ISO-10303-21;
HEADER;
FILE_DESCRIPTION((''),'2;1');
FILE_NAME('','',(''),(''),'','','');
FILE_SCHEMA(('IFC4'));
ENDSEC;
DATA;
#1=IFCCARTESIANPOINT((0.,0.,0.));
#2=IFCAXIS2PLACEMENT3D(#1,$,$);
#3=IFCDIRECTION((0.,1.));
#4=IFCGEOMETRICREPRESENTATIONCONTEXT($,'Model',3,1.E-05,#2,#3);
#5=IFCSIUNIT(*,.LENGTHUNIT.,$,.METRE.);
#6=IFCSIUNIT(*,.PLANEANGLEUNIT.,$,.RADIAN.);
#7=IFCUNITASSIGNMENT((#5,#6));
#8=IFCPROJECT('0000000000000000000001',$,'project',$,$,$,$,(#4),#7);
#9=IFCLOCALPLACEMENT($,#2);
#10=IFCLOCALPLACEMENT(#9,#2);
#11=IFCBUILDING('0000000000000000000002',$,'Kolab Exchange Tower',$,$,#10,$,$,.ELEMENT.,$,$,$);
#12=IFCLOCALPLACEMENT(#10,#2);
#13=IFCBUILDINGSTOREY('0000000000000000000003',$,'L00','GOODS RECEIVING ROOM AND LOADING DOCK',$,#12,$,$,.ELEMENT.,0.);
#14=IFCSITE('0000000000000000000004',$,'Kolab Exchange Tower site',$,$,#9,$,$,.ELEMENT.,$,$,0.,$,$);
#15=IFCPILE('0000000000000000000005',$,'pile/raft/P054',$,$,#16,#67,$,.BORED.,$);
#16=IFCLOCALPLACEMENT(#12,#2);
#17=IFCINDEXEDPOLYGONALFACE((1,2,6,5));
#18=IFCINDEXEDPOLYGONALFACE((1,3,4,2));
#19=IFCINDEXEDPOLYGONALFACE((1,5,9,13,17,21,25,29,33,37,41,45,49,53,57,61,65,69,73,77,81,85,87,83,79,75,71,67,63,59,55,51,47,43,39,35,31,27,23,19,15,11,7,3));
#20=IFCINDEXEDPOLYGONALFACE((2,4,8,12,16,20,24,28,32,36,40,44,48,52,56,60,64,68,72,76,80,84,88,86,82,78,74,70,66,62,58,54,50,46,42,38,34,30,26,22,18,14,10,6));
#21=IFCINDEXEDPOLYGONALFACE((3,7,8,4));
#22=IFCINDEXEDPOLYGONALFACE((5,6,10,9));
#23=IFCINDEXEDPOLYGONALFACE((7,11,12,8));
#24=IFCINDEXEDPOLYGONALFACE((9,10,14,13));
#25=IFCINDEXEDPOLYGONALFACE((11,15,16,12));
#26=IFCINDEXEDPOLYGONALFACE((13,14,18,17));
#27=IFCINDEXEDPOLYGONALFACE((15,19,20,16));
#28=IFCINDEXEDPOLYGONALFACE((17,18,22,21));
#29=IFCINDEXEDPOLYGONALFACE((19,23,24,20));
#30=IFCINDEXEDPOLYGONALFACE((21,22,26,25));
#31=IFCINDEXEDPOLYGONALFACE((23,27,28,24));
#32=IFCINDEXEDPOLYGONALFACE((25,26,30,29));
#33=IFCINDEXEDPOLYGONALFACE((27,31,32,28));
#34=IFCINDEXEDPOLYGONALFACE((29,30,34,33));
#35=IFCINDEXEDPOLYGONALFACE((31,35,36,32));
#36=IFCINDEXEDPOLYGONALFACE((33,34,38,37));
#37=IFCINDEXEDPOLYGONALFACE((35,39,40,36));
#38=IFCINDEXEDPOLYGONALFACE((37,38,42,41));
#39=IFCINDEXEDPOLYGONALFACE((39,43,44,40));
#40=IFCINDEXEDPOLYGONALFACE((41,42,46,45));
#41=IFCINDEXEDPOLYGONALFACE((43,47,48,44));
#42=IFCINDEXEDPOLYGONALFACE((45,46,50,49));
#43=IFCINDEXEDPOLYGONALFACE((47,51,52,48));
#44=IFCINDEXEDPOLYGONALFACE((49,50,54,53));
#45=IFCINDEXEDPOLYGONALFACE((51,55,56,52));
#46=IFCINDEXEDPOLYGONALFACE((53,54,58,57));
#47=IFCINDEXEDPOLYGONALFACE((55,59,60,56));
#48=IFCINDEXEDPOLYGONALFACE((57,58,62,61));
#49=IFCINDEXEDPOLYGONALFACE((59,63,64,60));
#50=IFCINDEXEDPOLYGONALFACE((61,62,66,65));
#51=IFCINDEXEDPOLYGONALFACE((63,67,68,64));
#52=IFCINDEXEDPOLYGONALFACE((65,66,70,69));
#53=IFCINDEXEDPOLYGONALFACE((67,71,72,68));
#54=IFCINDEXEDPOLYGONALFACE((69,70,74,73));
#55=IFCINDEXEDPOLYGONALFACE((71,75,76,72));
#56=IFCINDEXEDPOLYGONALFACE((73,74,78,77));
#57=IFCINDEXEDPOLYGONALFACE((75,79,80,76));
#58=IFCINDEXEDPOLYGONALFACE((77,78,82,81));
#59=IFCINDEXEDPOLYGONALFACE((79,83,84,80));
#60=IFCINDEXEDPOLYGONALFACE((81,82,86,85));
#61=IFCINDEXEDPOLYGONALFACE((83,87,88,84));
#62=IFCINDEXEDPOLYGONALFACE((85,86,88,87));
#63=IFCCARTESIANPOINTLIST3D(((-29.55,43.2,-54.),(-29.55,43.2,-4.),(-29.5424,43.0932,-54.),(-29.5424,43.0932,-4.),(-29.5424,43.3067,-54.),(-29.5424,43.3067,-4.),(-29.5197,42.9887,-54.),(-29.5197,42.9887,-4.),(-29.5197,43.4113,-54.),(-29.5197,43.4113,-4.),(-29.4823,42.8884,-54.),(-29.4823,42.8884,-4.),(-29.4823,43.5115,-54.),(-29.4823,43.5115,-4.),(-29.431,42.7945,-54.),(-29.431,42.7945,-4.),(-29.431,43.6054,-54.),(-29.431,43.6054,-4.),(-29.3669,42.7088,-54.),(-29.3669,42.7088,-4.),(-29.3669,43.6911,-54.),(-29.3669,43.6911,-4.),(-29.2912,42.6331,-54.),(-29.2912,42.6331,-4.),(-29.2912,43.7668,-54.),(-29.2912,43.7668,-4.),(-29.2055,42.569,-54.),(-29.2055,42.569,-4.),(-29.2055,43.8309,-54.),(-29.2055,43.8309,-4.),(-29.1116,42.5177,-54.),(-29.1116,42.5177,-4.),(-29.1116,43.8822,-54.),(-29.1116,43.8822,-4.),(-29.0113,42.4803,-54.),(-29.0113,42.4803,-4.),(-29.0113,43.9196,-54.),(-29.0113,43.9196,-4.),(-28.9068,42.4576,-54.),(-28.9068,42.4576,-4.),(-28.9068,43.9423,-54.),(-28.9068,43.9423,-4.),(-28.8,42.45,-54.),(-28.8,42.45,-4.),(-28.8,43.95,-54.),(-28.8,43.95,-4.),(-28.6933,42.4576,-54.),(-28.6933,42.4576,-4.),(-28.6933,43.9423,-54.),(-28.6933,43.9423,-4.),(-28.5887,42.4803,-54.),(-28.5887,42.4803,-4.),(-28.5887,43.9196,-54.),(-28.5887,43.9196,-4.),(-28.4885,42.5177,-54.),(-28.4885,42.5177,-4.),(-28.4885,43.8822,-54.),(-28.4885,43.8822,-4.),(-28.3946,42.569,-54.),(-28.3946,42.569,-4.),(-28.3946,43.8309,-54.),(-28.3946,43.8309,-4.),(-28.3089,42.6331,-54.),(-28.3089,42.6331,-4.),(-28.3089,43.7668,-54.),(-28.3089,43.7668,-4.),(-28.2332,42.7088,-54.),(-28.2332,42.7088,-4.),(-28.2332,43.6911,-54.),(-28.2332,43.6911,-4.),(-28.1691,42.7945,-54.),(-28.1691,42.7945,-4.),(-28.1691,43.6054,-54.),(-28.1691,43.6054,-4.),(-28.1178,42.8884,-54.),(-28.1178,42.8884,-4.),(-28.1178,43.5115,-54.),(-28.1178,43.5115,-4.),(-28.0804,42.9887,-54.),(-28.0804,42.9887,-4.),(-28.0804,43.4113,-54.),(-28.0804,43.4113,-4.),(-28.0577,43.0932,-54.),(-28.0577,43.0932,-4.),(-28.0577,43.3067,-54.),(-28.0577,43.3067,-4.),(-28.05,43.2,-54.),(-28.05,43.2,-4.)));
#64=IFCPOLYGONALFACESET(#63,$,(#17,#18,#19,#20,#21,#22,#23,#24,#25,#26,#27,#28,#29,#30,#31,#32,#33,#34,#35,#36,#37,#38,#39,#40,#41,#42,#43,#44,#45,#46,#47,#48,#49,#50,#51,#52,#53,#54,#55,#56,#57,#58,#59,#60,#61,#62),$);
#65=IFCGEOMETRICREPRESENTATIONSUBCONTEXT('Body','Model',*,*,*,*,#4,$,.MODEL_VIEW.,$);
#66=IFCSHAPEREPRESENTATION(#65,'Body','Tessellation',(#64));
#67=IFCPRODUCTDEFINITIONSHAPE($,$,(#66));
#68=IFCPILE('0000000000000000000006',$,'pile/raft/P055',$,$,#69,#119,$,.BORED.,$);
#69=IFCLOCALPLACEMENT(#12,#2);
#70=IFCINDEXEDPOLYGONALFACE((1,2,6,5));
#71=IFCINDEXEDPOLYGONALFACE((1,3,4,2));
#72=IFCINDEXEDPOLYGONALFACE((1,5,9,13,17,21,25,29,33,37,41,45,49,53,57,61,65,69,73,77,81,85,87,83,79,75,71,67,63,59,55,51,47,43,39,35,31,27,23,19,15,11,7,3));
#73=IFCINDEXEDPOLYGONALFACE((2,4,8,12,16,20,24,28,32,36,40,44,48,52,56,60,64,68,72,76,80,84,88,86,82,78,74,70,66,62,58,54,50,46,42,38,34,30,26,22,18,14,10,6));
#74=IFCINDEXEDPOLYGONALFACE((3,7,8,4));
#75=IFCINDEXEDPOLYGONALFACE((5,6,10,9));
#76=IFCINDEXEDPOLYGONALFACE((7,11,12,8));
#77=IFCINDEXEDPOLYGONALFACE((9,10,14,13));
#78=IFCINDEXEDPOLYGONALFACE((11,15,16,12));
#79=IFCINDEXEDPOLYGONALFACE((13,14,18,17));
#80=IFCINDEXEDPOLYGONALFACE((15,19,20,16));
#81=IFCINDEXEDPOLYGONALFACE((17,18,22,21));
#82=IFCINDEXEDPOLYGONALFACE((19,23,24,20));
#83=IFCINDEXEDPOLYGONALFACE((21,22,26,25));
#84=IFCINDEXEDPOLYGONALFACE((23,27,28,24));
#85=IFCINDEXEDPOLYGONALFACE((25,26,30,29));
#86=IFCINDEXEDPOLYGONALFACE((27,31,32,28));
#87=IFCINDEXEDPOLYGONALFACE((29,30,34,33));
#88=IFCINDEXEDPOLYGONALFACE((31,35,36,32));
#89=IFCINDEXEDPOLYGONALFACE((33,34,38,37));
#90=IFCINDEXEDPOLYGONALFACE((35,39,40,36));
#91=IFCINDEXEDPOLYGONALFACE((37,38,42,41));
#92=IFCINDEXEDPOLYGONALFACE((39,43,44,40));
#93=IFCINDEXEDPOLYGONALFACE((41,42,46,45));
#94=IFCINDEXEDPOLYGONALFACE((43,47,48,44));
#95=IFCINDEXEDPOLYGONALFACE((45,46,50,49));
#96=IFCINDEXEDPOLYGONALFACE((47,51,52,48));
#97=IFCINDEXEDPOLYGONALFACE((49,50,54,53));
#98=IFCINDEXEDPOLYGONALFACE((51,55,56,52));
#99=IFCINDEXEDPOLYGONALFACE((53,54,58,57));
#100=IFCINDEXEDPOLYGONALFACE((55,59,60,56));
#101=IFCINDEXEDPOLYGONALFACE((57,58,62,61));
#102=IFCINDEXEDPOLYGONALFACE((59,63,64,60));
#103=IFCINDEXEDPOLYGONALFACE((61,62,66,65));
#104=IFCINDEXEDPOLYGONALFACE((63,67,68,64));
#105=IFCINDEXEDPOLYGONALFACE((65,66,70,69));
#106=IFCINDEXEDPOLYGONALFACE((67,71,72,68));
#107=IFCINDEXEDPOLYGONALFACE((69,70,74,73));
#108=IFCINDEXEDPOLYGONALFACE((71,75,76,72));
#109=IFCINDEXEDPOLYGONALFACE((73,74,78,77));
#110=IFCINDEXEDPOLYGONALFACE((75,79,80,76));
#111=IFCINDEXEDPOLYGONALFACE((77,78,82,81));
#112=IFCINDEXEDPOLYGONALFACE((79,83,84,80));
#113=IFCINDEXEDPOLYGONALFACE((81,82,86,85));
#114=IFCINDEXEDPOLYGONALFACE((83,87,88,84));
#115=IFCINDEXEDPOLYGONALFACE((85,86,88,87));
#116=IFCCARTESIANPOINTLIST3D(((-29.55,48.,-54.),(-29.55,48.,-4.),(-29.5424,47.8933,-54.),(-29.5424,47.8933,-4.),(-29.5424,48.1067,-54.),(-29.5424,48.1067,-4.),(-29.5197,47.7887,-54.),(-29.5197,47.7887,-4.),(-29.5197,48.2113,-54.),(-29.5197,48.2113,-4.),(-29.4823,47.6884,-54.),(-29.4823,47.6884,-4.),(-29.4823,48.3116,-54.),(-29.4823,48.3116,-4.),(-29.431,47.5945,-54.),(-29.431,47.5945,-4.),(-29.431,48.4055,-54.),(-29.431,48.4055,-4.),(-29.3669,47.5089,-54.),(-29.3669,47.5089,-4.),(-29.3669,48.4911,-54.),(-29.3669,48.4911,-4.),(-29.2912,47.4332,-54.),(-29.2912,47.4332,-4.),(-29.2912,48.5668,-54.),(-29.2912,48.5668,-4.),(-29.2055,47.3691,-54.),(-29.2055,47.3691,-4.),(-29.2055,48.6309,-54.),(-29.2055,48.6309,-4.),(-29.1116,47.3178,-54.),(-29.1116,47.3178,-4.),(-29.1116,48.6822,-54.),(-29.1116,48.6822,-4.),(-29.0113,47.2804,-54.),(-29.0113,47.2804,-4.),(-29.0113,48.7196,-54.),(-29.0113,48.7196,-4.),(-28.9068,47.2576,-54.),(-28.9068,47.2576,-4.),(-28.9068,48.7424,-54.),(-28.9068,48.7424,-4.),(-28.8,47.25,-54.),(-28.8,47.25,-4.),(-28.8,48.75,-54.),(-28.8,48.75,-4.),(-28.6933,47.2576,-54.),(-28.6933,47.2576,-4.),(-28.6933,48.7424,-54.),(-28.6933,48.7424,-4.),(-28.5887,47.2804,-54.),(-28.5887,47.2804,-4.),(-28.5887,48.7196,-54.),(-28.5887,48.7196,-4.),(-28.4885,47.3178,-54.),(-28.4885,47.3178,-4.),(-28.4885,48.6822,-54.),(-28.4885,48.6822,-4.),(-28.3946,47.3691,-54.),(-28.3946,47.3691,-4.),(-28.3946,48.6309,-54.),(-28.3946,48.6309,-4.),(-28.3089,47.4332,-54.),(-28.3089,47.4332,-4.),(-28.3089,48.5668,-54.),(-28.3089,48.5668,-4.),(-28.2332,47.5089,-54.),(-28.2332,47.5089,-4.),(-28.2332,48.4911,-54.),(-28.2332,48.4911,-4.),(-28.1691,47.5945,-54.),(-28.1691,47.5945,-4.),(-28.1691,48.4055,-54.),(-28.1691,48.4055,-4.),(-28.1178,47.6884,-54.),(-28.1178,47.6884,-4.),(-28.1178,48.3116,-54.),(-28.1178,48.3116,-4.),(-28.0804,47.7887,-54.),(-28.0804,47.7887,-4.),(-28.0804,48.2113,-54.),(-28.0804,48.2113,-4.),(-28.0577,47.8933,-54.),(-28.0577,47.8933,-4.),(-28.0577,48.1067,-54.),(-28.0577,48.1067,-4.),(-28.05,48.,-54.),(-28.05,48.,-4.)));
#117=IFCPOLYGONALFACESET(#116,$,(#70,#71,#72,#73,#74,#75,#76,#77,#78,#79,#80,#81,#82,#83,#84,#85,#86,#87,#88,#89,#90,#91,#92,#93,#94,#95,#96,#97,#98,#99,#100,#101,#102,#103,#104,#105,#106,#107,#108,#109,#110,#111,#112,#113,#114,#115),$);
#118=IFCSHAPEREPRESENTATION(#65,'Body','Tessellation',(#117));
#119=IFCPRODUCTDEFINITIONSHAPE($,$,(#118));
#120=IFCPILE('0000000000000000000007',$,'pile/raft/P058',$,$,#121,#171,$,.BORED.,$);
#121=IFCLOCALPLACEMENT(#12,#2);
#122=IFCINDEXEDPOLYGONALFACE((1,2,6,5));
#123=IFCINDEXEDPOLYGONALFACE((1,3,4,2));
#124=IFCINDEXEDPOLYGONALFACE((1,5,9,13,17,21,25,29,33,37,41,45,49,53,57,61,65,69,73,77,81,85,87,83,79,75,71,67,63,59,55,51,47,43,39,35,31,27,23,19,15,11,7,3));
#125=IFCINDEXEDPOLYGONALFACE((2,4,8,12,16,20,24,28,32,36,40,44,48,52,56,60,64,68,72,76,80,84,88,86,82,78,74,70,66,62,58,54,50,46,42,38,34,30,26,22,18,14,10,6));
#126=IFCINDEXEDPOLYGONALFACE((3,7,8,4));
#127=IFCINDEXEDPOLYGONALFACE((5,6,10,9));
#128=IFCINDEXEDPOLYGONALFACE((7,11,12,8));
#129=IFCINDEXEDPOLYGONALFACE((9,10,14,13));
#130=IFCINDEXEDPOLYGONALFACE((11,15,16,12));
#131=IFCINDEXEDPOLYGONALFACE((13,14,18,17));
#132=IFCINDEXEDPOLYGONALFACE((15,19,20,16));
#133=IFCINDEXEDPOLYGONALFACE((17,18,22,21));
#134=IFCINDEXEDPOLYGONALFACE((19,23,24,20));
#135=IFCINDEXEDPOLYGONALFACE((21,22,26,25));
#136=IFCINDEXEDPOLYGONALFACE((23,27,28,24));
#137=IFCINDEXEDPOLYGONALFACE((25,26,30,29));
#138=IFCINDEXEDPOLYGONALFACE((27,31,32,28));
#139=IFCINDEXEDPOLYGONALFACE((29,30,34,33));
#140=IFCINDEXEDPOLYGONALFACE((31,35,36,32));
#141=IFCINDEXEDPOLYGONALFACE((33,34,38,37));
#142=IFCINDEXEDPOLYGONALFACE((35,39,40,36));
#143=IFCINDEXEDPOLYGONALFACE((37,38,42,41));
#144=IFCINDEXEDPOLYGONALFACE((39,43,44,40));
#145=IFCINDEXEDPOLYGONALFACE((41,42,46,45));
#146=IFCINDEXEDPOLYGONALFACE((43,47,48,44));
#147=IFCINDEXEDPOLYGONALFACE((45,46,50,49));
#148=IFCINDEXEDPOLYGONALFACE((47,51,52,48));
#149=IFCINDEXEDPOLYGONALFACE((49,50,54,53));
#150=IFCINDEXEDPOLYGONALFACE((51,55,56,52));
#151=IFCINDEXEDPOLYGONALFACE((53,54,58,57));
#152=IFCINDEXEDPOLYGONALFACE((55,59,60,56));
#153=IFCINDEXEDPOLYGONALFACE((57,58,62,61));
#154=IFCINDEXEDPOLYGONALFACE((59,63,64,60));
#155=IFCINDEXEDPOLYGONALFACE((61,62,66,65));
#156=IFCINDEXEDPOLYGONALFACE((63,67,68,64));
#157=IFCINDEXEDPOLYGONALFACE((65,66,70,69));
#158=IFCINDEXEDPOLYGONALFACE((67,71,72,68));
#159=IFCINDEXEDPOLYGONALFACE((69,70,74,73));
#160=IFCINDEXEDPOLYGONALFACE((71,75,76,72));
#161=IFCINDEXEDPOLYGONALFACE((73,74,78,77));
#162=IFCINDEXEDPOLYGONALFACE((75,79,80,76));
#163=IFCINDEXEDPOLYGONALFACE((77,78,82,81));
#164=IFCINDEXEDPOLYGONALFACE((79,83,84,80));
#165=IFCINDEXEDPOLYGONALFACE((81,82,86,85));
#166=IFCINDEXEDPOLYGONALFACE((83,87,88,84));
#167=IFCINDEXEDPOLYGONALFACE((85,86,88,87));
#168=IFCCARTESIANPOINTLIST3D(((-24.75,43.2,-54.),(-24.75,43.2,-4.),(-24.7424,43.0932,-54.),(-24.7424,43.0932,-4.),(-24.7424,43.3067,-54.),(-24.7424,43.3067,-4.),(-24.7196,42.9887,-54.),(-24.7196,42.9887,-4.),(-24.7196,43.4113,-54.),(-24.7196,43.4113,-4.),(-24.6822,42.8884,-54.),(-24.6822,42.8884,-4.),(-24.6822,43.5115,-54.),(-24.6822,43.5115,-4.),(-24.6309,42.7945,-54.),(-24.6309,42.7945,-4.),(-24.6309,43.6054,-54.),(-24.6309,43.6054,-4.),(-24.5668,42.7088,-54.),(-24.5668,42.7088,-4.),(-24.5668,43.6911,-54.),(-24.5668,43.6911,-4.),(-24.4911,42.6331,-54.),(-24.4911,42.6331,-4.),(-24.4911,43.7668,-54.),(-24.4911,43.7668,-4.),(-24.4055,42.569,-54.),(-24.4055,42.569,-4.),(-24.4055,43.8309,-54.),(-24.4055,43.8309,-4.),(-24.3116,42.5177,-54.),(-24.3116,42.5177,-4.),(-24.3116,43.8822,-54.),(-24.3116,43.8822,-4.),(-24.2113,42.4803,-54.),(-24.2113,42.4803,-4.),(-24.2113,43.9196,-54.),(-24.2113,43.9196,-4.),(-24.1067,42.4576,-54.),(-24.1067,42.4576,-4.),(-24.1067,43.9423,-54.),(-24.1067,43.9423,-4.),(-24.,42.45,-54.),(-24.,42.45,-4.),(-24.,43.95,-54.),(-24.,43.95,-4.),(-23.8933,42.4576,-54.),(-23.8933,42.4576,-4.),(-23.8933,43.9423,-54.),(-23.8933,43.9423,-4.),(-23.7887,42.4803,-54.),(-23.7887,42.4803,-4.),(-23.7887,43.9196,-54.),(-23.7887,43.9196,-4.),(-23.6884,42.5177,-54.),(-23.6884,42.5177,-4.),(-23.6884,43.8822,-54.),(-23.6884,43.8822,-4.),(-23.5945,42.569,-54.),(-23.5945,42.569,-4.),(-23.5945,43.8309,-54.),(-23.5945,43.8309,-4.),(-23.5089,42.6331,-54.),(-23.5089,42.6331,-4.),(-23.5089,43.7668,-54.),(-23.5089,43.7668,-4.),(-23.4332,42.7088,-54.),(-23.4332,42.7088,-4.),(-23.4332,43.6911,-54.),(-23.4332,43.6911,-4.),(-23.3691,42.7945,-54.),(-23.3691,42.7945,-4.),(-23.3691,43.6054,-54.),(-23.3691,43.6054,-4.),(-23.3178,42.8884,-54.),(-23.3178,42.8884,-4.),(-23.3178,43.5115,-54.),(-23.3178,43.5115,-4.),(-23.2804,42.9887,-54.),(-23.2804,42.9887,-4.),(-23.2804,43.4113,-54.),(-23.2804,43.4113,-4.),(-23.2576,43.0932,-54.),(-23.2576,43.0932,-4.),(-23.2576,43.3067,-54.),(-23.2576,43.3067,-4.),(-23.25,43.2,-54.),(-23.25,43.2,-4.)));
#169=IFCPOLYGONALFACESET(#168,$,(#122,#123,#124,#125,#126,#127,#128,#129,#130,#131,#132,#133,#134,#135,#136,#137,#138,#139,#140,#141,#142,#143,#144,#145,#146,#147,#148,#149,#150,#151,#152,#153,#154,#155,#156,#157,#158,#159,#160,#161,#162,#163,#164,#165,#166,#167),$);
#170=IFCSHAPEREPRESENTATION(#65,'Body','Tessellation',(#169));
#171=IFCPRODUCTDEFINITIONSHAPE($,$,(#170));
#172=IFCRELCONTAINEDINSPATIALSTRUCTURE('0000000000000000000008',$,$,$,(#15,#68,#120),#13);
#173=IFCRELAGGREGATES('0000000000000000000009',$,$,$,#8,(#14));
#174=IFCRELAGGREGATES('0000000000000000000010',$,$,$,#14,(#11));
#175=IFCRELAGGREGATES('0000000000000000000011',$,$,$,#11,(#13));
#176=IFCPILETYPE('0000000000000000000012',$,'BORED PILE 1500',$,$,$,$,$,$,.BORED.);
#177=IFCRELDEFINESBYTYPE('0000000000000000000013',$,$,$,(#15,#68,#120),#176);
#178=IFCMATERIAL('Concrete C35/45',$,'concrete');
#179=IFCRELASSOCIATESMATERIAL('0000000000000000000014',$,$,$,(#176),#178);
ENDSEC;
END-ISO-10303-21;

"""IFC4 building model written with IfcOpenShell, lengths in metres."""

from ifc_helpers import new_model, si_unit, direction, frame, origin, origin_2d, place, context, subcontext, project, spatial, circle, extrude, material, material_profile, profile_set, type_object, element, save


model = new_model("IFC4")

# Units and contexts
model_context = context("Model", 3, precision=1e-05, world=origin(), true_north=direction((0.0, 1.0)))
body_context = subcontext(model_context, "Body", "Model", "MODEL_VIEW")
ifc_project = project(units=[si_unit("LENGTHUNIT", "METRE"), si_unit("PLANEANGLEUNIT", "RADIAN")], contexts=[model_context])

# Site, building, storey
site_placement = place(None, origin())
site = spatial("IfcSite", under=ifc_project, at=site_placement, Name="Kolab Exchange Tower site", CompositionType="ELEMENT", RefElevation=0.0)
building_placement = place(site_placement, origin())
building = spatial("IfcBuilding", under=site, at=building_placement, Name="Kolab Exchange Tower", CompositionType="ELEMENT")
storey_placement = place(building_placement, origin())
storey = spatial("IfcBuildingStorey", under=building, at=storey_placement, Name="L00", Description="GOODS RECEIVING ROOM AND LOADING DOCK", CompositionType="ELEMENT", Elevation=0.0)

# Piles
ifc_material_1 = material(Name="Concrete C35/45", Category="concrete")
ifc_material_profile_1 = material_profile(ifc_material_1, circle(Radius=0.75, at=origin_2d()), Name="BP1500")
ifc_profile_set_1 = profile_set([ifc_material_profile_1], Name="Concrete C35/45")
pile_type_1 = type_object("IfcPileType", Name="BORED PILE 1500", PredefinedType="BORED", material=ifc_profile_set_1)
for number, where, z_axis, x_axis, name in (
    (1, (-28.8, 43.2, -4.0), (0.0, 0.0, -1.0), (1.0, 0.0, 0.0), "pile/raft/P054"),
    (2, (-28.8, 48.0, -4.0), (0.0, 0.0, -1.0), (1.0, 0.0, 0.0), "pile/raft/P055"),
    (3, (-24.0, 43.2, -4.0), (0.0, 0.0, -1.0), (1.0, 0.0, 0.0), "pile/raft/P058"),
):
    element("IfcPile", number, at=place(storey_placement, frame(where, z_axis=z_axis, x_axis=x_axis)), inside=storey, type_object=pile_type_1, Name=name, PredefinedType="BORED", context=body_context, shape_type="SweptSolid", body=[
        extrude(circle(Radius=0.75, at=origin_2d()), origin(), (0.0, 0.0, 1.0), 50.0),
    ])

save(model, "model.ifc")
